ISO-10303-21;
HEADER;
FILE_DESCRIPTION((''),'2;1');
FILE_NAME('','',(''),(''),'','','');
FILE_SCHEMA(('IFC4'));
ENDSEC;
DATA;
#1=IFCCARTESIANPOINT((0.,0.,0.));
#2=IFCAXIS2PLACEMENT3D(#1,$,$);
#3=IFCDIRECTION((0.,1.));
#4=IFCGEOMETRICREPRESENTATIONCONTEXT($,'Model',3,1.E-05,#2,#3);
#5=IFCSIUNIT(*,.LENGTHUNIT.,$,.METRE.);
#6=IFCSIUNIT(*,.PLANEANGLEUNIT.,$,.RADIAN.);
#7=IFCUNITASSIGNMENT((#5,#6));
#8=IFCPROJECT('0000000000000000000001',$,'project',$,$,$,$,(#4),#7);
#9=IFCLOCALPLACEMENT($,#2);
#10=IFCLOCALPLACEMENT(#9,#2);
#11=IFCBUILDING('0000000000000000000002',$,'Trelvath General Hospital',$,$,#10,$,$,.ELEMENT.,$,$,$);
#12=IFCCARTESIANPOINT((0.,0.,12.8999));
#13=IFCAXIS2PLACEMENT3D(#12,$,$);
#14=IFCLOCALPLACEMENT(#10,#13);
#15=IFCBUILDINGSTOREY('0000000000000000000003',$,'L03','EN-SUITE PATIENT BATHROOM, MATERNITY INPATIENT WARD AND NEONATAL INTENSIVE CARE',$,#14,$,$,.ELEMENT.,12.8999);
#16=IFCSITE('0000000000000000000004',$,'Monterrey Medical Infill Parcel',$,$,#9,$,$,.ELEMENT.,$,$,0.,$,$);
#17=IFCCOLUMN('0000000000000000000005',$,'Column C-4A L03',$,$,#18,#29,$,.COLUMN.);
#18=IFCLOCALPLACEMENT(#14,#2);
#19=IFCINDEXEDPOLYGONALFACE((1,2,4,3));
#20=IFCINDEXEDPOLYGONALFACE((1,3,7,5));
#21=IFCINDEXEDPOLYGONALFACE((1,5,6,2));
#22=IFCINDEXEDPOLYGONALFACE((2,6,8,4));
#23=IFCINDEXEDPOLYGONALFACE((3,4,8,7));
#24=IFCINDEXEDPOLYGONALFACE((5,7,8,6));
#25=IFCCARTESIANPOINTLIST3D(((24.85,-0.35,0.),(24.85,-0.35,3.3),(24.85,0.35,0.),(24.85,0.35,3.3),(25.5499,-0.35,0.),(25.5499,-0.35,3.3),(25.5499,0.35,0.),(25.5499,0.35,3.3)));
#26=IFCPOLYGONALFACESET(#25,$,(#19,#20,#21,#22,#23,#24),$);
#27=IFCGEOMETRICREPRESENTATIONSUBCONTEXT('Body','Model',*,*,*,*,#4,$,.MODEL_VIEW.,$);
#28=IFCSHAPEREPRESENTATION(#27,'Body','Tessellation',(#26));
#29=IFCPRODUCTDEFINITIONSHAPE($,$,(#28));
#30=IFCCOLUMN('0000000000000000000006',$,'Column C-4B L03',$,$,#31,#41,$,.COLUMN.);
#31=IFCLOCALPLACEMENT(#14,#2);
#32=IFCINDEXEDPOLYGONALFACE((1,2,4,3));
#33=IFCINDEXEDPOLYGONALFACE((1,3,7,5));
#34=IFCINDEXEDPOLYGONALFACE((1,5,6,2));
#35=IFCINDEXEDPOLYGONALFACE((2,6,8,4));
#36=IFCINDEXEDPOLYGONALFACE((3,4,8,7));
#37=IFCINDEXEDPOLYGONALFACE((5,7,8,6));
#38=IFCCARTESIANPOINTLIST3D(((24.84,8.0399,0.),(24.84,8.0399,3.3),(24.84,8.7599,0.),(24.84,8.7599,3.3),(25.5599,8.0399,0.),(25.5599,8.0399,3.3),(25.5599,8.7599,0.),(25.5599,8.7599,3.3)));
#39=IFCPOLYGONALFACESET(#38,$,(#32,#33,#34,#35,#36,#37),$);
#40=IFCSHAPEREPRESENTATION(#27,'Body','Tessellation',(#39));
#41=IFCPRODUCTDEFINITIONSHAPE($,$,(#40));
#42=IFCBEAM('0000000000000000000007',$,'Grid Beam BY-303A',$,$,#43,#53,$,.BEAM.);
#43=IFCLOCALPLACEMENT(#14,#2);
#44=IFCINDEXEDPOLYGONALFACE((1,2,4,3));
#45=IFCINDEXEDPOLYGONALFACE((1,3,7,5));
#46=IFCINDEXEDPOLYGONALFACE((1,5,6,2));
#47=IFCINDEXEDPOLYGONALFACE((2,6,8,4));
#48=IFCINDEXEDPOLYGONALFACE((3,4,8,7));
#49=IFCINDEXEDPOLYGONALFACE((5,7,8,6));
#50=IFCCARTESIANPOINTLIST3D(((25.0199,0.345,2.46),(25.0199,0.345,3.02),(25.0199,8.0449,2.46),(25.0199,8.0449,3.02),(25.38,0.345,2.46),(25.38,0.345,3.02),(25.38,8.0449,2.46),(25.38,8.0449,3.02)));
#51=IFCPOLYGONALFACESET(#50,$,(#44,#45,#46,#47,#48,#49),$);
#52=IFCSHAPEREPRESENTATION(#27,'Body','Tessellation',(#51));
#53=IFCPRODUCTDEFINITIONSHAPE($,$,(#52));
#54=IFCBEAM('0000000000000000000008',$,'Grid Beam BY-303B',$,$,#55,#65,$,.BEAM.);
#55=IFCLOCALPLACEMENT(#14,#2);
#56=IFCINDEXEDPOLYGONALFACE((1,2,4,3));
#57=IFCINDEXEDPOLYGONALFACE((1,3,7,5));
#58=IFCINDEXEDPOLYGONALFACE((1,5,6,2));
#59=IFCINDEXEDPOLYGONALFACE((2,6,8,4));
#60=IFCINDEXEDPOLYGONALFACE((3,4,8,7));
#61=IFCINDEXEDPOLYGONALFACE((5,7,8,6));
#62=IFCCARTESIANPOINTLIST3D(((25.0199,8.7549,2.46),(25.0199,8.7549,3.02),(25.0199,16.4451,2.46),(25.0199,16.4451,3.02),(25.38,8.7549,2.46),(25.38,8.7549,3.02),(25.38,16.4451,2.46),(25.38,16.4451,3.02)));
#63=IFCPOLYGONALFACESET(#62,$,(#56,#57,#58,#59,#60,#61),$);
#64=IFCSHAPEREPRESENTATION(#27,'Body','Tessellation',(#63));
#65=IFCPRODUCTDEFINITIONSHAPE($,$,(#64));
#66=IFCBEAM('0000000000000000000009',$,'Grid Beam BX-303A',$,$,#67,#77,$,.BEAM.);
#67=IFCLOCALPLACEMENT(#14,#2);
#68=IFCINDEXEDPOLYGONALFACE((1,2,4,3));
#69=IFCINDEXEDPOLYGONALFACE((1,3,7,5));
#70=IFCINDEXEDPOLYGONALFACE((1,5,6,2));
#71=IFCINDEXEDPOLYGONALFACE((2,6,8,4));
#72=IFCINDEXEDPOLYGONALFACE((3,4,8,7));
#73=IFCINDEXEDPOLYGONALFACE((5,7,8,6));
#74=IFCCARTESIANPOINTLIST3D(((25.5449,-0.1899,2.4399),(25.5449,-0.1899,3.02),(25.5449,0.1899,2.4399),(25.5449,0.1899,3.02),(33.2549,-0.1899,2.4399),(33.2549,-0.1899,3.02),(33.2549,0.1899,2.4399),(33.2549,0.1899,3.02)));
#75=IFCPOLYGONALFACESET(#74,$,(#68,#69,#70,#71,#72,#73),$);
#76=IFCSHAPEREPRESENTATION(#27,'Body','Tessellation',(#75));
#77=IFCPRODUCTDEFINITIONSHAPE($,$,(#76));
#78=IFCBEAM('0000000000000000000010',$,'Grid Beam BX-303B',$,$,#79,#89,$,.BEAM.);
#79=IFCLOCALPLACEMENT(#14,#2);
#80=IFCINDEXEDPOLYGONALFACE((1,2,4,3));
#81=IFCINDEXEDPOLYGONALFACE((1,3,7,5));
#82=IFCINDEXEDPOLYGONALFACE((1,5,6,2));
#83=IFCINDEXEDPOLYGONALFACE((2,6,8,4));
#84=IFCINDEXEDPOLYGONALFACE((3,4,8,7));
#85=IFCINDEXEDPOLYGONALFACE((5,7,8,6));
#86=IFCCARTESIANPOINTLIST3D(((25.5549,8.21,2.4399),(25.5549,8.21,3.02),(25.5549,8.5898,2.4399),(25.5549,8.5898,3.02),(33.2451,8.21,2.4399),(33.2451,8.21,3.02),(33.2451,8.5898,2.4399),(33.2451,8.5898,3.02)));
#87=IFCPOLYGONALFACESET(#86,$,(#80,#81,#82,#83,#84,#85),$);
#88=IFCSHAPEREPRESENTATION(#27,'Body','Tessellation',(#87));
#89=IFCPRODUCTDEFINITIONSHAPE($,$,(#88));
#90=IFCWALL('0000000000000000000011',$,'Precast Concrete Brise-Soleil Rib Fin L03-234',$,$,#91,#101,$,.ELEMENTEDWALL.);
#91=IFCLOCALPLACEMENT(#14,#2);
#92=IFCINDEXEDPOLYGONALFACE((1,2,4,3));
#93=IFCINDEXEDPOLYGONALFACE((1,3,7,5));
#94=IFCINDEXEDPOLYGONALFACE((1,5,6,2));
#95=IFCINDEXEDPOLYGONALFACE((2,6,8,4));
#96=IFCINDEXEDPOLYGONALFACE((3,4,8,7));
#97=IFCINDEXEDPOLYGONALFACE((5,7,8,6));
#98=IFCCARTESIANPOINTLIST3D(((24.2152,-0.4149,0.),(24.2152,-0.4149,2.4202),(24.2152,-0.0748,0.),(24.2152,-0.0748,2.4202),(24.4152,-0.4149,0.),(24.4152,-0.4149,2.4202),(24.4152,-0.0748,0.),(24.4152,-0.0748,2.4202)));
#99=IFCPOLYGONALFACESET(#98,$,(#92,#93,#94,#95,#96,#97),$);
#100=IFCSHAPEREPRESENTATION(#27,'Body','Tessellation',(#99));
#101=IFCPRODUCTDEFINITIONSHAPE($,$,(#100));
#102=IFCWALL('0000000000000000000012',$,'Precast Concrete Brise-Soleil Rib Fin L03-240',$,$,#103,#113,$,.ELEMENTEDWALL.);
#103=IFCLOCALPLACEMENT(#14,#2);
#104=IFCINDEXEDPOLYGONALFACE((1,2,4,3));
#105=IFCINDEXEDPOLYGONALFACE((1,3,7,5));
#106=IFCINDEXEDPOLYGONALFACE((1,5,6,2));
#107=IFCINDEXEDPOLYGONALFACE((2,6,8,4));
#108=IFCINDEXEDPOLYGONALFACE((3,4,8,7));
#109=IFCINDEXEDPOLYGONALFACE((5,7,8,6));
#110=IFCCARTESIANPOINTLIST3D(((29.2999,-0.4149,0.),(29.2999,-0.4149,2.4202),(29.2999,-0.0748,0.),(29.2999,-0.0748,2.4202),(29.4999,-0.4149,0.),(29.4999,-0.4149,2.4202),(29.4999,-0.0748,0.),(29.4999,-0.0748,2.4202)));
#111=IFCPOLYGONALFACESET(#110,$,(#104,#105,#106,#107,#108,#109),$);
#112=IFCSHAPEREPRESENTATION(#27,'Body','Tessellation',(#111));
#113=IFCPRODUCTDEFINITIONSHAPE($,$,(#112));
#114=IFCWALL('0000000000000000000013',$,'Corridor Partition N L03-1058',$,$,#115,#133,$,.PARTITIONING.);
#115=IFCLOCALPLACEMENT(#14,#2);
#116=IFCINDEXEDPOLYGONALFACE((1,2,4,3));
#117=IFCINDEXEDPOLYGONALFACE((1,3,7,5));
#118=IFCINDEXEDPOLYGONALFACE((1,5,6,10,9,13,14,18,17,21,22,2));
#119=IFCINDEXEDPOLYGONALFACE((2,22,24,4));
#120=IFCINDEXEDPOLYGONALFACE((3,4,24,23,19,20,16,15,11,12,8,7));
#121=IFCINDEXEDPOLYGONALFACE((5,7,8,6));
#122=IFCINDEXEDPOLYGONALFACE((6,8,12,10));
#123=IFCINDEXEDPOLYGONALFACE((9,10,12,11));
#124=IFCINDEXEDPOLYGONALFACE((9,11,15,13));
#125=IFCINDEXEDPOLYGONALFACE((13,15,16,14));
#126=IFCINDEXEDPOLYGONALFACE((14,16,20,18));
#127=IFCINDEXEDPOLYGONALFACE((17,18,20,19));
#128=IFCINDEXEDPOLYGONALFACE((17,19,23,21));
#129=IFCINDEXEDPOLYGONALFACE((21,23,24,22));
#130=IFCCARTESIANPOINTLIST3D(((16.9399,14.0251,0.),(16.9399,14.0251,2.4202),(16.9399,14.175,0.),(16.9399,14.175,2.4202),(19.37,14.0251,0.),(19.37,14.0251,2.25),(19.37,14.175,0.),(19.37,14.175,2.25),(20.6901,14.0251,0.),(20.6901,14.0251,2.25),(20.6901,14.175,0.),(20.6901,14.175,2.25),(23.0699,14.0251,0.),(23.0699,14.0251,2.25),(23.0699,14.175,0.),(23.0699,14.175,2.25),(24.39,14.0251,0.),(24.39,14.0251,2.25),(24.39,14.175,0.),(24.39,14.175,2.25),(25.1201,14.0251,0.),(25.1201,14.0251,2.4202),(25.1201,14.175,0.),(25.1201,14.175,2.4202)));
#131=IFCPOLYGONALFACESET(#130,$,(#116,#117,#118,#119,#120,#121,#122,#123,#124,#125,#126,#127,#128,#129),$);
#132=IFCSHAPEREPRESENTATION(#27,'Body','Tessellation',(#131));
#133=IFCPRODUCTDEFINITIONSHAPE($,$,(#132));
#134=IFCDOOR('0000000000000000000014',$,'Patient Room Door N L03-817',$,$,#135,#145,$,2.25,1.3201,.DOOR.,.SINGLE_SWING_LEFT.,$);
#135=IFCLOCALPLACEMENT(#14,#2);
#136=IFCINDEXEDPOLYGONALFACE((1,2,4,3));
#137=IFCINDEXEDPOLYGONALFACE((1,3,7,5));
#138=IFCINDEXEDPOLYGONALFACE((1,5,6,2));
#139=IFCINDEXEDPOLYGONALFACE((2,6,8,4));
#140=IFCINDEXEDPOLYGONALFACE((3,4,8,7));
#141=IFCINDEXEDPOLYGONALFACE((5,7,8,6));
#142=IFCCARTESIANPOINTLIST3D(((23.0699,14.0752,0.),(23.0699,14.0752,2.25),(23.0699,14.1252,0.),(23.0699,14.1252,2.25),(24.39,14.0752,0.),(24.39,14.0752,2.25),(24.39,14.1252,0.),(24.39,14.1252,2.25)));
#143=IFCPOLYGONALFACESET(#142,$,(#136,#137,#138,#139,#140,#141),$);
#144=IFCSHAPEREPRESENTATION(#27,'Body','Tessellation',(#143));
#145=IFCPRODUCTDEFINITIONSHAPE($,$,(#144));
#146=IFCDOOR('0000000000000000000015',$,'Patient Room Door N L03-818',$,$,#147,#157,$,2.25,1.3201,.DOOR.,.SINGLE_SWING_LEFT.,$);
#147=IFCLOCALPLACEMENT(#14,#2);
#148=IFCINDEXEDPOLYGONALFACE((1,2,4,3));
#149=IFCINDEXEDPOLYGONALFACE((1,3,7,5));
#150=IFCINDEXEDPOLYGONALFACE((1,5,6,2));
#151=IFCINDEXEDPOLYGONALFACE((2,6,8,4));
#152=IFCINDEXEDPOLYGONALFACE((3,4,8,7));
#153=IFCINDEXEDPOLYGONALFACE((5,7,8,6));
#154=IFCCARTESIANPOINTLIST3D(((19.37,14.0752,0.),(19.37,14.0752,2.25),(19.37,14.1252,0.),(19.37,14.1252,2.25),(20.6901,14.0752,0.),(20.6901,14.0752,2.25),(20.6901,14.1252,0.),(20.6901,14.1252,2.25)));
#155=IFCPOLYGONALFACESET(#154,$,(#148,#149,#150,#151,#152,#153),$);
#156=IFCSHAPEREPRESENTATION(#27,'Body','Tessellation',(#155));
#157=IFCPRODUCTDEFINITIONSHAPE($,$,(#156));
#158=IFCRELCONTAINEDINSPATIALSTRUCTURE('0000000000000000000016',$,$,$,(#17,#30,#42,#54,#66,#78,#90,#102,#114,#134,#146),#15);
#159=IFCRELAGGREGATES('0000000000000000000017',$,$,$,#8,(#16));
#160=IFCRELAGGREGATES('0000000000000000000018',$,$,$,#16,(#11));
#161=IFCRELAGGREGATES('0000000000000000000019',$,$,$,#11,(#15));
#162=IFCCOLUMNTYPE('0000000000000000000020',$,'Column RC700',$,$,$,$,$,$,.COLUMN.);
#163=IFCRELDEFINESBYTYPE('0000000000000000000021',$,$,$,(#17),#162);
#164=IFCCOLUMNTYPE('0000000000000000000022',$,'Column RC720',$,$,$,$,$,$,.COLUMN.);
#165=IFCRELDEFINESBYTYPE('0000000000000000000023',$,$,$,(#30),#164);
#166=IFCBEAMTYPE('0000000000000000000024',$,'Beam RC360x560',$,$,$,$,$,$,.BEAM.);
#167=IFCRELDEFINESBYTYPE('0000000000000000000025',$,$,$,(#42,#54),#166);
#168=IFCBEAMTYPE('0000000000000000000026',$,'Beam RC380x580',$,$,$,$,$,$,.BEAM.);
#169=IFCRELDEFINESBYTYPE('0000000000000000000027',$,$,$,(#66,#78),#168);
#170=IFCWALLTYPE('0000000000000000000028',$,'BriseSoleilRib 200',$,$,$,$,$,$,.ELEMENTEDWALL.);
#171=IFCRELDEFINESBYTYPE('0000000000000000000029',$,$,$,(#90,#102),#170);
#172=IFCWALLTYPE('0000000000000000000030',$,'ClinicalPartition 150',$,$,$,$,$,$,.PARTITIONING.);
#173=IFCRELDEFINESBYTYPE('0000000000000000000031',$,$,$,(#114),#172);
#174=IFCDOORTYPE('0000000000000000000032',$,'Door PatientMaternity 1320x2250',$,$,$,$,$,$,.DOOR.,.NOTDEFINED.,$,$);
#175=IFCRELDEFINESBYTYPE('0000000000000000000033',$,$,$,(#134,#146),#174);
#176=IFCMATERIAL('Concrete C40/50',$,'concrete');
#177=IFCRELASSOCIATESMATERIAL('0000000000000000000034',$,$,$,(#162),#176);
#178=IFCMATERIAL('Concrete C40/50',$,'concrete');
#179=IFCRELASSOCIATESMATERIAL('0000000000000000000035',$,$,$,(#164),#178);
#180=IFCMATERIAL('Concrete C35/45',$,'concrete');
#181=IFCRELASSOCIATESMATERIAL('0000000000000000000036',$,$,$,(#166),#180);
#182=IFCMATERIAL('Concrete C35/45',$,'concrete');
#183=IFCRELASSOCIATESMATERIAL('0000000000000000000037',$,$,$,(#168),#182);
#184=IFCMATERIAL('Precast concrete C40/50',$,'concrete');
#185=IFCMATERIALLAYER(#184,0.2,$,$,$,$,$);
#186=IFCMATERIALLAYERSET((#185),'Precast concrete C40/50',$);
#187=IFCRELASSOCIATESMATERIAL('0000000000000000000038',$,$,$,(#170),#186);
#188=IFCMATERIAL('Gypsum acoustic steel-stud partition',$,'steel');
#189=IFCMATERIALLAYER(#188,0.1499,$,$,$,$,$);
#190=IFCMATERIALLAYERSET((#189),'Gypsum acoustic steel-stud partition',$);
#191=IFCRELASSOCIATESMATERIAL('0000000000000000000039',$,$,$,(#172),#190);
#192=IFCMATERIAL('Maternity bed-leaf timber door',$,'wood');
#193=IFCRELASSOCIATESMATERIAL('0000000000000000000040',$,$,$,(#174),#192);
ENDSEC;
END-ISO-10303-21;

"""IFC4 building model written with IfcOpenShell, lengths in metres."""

from ifc_helpers import new_model, si_unit, direction, frame, frame_2d, origin, origin_2d, place, context, subcontext, project, spatial, rectangle, extrude, material, layer, layer_set, material_profile, profile_set, type_object, element, fill, save


model = new_model("IFC4")

# Units and contexts
model_context = context("Model", 3, precision=1e-05, world=origin(), true_north=direction((0.0, 1.0)))
body_context = subcontext(model_context, "Body", "Model", "MODEL_VIEW")
ifc_project = project(units=[si_unit("LENGTHUNIT", "METRE"), si_unit("PLANEANGLEUNIT", "RADIAN")], contexts=[model_context])

# Site, building, storey
site_placement = place(None, origin())
site = spatial("IfcSite", under=ifc_project, at=site_placement, Name="Monterrey Medical Infill Parcel", CompositionType="ELEMENT", RefElevation=0.0)
building_placement = place(site_placement, origin())
building = spatial("IfcBuilding", under=site, at=building_placement, Name="Trelvath General Hospital", CompositionType="ELEMENT")
storey_placement = place(building_placement, frame((0.0, 0.0, 12.8999)))
storey = spatial("IfcBuildingStorey", under=building, at=storey_placement, Name="L03", Description="EN-SUITE PATIENT BATHROOM, MATERNITY INPATIENT WARD AND NEONATAL INTENSIVE CARE", CompositionType="ELEMENT", Elevation=12.8999)

# Columns
ifc_material_1 = material(Name="Concrete C40/50", Category="concrete")
ifc_material_profile_1 = material_profile(ifc_material_1, rectangle(XDim=0.7, YDim=0.7, at=origin_2d()), Name="RC700x700")
ifc_profile_set_1 = profile_set([ifc_material_profile_1], Name="Concrete C40/50")
column_type_1 = type_object("IfcColumnType", Name="Column RC700", PredefinedType="COLUMN", material=ifc_profile_set_1)
column_1_placement = place(storey_placement, frame((25.2, 0.0, 0.0), z_axis=(0.0, 0.0, 1.0), x_axis=(1.0, 0.0, 0.0)))
element("IfcColumn", 1, at=column_1_placement, inside=storey, type_object=column_type_1, Name="Column C-4A L03", PredefinedType="COLUMN", context=body_context, shape_type="SweptSolid", body=[
    extrude(rectangle(XDim=0.7, YDim=0.7, at=origin_2d()), origin(), (0.0, 0.0, 1.0), 3.3),
])
ifc_material_2 = material(Name="Concrete C40/50", Category="concrete")
ifc_material_profile_2 = material_profile(ifc_material_2, rectangle(XDim=0.72, YDim=0.72, at=origin_2d()), Name="RC720x720")
ifc_profile_set_2 = profile_set([ifc_material_profile_2], Name="Concrete C40/50")
column_type_2 = type_object("IfcColumnType", Name="Column RC720", PredefinedType="COLUMN", material=ifc_profile_set_2)
column_2_placement = place(storey_placement, frame((25.2, 8.3999, 0.0), z_axis=(0.0, 0.0, 1.0), x_axis=(1.0, 0.0, 0.0)))
element("IfcColumn", 2, at=column_2_placement, inside=storey, type_object=column_type_2, Name="Column C-4B L03", PredefinedType="COLUMN", context=body_context, shape_type="SweptSolid", body=[
    extrude(rectangle(XDim=0.72, YDim=0.72, at=origin_2d()), origin(), (0.0, 0.0, 1.0), 3.3),
])

# Beams
ifc_material_3 = material(Name="Concrete C35/45", Category="concrete")
ifc_material_profile_3 = material_profile(ifc_material_3, rectangle(XDim=0.3601, YDim=0.5601, at=origin_2d()), Name="RCB360x560")
ifc_profile_set_3 = profile_set([ifc_material_profile_3], Name="Concrete C35/45")
beam_type_1 = type_object("IfcBeamType", Name="Beam RC360x560", PredefinedType="BEAM", material=ifc_profile_set_3)
beam_1_placement = place(storey_placement, frame((25.2, 0.345, 2.74), z_axis=(0.0, 1.0, 0.0), x_axis=(-1.0, 0.0, 0.0)))
element("IfcBeam", 3, at=beam_1_placement, inside=storey, type_object=beam_type_1, Name="Grid Beam BY-303A", PredefinedType="BEAM", context=body_context, shape_type="SweptSolid", body=[
    extrude(rectangle(XDim=0.3601, YDim=0.5601, at=origin_2d()), origin(), (0.0, 0.0, 1.0), 7.7),
])
beam_2_placement = place(storey_placement, frame((25.2, 8.7549, 2.74), z_axis=(0.0, 1.0, 0.0), x_axis=(-1.0, 0.0, 0.0)))
element("IfcBeam", 4, at=beam_2_placement, inside=storey, type_object=beam_type_1, Name="Grid Beam BY-303B", PredefinedType="BEAM", context=body_context, shape_type="SweptSolid", body=[
    extrude(rectangle(XDim=0.3601, YDim=0.5601, at=origin_2d()), origin(), (0.0, 0.0, 1.0), 7.6902),
])
ifc_material_4 = material(Name="Concrete C35/45", Category="concrete")
ifc_material_profile_4 = material_profile(ifc_material_4, rectangle(XDim=0.3799, YDim=0.5801, at=origin_2d()), Name="RCB380x580")
ifc_profile_set_4 = profile_set([ifc_material_profile_4], Name="Concrete C35/45")
beam_type_2 = type_object("IfcBeamType", Name="Beam RC380x580", PredefinedType="BEAM", material=ifc_profile_set_4)
beam_3_placement = place(storey_placement, frame((25.5449, 0.0, 2.73), z_axis=(1.0, 0.0, 0.0), x_axis=(0.0, 1.0, 0.0)))
element("IfcBeam", 5, at=beam_3_placement, inside=storey, type_object=beam_type_2, Name="Grid Beam BX-303A", PredefinedType="BEAM", context=body_context, shape_type="SweptSolid", body=[
    extrude(rectangle(XDim=0.3799, YDim=0.5801, at=origin_2d()), origin(), (0.0, 0.0, 1.0), 7.71),
])
beam_4_placement = place(storey_placement, frame((25.5549, 8.3999, 2.73), z_axis=(1.0, 0.0, 0.0), x_axis=(0.0, 1.0, 0.0)))
element("IfcBeam", 6, at=beam_4_placement, inside=storey, type_object=beam_type_2, Name="Grid Beam BX-303B", PredefinedType="BEAM", context=body_context, shape_type="SweptSolid", body=[
    extrude(rectangle(XDim=0.3799, YDim=0.5801, at=origin_2d()), origin(), (0.0, 0.0, 1.0), 7.6902),
])

# Walls
ifc_material_5 = material(Name="Precast concrete C40/50", Category="concrete")
ifc_layer_1 = layer(ifc_material_5, 0.2)
ifc_layer_set_1 = layer_set([ifc_layer_1], Name="Precast concrete C40/50")
wall_type_1 = type_object("IfcWallType", Name="BriseSoleilRib 200", PredefinedType="ELEMENTEDWALL", material=ifc_layer_set_1)
for number, where, z_axis, x_axis, name in (
    (7, (24.3152, -0.075, 0.0), (0.0, 0.0, 1.0), (0.0, -1.0, 0.0), "Precast Concrete Brise-Soleil Rib Fin L03-234"),
    (8, (29.3999, -0.075, 0.0), (0.0, 0.0, 1.0), (0.0, -1.0, 0.0), "Precast Concrete Brise-Soleil Rib Fin L03-240"),
):
    element("IfcWall", number, at=place(storey_placement, frame(where, z_axis=z_axis, x_axis=x_axis)), inside=storey, type_object=wall_type_1, Name=name, PredefinedType="ELEMENTEDWALL", context=body_context, shape_type="SweptSolid", body=[
        extrude(rectangle(XDim=0.3401, YDim=0.2, at=frame_2d((0.1699, 0.0))), origin(), (0.0, 0.0, 1.0), 2.4202),
    ])

# Wall, openings, doors
ifc_material_6 = material(Name="Gypsum acoustic steel-stud partition", Category="steel")
ifc_layer_2 = layer(ifc_material_6, 0.1499)
ifc_layer_set_2 = layer_set([ifc_layer_2], Name="Gypsum acoustic steel-stud partition")
wall_type_2 = type_object("IfcWallType", Name="ClinicalPartition 150", PredefinedType="PARTITIONING", material=ifc_layer_set_2)
wall_1_placement = place(storey_placement, frame((25.1201, 14.1001, 0.0), z_axis=(0.0, 0.0, 1.0), x_axis=(-1.0, 0.0, 0.0)))
wall_1 = element("IfcWall", 9, at=wall_1_placement, inside=storey, type_object=wall_type_2, Name="Corridor Partition N L03-1058", PredefinedType="PARTITIONING", context=body_context, shape_type="SweptSolid", body=[
    extrude(rectangle(XDim=8.1802, YDim=0.1499, at=frame_2d((4.0901, 0.0))), origin(), (0.0, 0.0, 1.0), 2.4202),
])
opening_1_placement = place(wall_1_placement, frame((0.73, 0.0, 0.0)))
opening_1 = element("IfcOpeningElement", 10, at=opening_1_placement, cuts=wall_1, PredefinedType="OPENING", context=body_context, shape_type="SweptSolid", body=[
    extrude(rectangle(XDim=1.3201, YDim=2.25, at=frame_2d((0.6602, 1.125))), frame((0.0, 0.085, 0.0), z_axis=(0.0, -1.0, 0.0), x_axis=(1.0, 0.0, 0.0)), (0.0, 0.0, 1.0), 0.1699),
])
opening_2_placement = place(wall_1_placement, frame((4.4299, 0.0, 0.0)))
opening_2 = element("IfcOpeningElement", 11, at=opening_2_placement, cuts=wall_1, PredefinedType="OPENING", context=body_context, shape_type="SweptSolid", body=[
    extrude(rectangle(XDim=1.3201, YDim=2.25, at=frame_2d((0.6602, 1.125))), frame((0.0, 0.085, 0.0), z_axis=(0.0, -1.0, 0.0), x_axis=(1.0, 0.0, 0.0)), (0.0, 0.0, 1.0), 0.1699),
])
ifc_material_7 = material(Name="Maternity bed-leaf timber door", Category="wood")
door_type_1 = type_object("IfcDoorType", Name="Door PatientMaternity 1320x2250", OperationType="NOTDEFINED", PredefinedType="DOOR", material=ifc_material_7)
door_1_placement = place(opening_1_placement, origin())
door_1 = element("IfcDoor", 12, at=door_1_placement, inside=storey, type_object=door_type_1, Name="Patient Room Door N L03-817", OperationType="SINGLE_SWING_LEFT", OverallHeight=2.25, OverallWidth=1.3201, PredefinedType="DOOR", context=body_context, shape_type="SweptSolid", body=[
    extrude(rectangle(XDim=1.3201, YDim=2.25, at=frame_2d((0.6602, 1.125))), frame((0.0, 0.0249, 0.0), z_axis=(0.0, -1.0, 0.0), x_axis=(1.0, 0.0, 0.0)), (0.0, 0.0, 1.0), 0.05),
])
fill(opening_1, door_1)
door_2_placement = place(opening_2_placement, origin())
door_2 = element("IfcDoor", 13, at=door_2_placement, inside=storey, type_object=door_type_1, Name="Patient Room Door N L03-818", OperationType="SINGLE_SWING_LEFT", OverallHeight=2.25, OverallWidth=1.3201, PredefinedType="DOOR", context=body_context, shape_type="SweptSolid", body=[
    extrude(rectangle(XDim=1.3201, YDim=2.25, at=frame_2d((0.6602, 1.125))), frame((0.0, 0.0249, 0.0), z_axis=(0.0, -1.0, 0.0), x_axis=(1.0, 0.0, 0.0)), (0.0, 0.0, 1.0), 0.05),
])
fill(opening_2, door_2)

save(model, "model.ifc")
